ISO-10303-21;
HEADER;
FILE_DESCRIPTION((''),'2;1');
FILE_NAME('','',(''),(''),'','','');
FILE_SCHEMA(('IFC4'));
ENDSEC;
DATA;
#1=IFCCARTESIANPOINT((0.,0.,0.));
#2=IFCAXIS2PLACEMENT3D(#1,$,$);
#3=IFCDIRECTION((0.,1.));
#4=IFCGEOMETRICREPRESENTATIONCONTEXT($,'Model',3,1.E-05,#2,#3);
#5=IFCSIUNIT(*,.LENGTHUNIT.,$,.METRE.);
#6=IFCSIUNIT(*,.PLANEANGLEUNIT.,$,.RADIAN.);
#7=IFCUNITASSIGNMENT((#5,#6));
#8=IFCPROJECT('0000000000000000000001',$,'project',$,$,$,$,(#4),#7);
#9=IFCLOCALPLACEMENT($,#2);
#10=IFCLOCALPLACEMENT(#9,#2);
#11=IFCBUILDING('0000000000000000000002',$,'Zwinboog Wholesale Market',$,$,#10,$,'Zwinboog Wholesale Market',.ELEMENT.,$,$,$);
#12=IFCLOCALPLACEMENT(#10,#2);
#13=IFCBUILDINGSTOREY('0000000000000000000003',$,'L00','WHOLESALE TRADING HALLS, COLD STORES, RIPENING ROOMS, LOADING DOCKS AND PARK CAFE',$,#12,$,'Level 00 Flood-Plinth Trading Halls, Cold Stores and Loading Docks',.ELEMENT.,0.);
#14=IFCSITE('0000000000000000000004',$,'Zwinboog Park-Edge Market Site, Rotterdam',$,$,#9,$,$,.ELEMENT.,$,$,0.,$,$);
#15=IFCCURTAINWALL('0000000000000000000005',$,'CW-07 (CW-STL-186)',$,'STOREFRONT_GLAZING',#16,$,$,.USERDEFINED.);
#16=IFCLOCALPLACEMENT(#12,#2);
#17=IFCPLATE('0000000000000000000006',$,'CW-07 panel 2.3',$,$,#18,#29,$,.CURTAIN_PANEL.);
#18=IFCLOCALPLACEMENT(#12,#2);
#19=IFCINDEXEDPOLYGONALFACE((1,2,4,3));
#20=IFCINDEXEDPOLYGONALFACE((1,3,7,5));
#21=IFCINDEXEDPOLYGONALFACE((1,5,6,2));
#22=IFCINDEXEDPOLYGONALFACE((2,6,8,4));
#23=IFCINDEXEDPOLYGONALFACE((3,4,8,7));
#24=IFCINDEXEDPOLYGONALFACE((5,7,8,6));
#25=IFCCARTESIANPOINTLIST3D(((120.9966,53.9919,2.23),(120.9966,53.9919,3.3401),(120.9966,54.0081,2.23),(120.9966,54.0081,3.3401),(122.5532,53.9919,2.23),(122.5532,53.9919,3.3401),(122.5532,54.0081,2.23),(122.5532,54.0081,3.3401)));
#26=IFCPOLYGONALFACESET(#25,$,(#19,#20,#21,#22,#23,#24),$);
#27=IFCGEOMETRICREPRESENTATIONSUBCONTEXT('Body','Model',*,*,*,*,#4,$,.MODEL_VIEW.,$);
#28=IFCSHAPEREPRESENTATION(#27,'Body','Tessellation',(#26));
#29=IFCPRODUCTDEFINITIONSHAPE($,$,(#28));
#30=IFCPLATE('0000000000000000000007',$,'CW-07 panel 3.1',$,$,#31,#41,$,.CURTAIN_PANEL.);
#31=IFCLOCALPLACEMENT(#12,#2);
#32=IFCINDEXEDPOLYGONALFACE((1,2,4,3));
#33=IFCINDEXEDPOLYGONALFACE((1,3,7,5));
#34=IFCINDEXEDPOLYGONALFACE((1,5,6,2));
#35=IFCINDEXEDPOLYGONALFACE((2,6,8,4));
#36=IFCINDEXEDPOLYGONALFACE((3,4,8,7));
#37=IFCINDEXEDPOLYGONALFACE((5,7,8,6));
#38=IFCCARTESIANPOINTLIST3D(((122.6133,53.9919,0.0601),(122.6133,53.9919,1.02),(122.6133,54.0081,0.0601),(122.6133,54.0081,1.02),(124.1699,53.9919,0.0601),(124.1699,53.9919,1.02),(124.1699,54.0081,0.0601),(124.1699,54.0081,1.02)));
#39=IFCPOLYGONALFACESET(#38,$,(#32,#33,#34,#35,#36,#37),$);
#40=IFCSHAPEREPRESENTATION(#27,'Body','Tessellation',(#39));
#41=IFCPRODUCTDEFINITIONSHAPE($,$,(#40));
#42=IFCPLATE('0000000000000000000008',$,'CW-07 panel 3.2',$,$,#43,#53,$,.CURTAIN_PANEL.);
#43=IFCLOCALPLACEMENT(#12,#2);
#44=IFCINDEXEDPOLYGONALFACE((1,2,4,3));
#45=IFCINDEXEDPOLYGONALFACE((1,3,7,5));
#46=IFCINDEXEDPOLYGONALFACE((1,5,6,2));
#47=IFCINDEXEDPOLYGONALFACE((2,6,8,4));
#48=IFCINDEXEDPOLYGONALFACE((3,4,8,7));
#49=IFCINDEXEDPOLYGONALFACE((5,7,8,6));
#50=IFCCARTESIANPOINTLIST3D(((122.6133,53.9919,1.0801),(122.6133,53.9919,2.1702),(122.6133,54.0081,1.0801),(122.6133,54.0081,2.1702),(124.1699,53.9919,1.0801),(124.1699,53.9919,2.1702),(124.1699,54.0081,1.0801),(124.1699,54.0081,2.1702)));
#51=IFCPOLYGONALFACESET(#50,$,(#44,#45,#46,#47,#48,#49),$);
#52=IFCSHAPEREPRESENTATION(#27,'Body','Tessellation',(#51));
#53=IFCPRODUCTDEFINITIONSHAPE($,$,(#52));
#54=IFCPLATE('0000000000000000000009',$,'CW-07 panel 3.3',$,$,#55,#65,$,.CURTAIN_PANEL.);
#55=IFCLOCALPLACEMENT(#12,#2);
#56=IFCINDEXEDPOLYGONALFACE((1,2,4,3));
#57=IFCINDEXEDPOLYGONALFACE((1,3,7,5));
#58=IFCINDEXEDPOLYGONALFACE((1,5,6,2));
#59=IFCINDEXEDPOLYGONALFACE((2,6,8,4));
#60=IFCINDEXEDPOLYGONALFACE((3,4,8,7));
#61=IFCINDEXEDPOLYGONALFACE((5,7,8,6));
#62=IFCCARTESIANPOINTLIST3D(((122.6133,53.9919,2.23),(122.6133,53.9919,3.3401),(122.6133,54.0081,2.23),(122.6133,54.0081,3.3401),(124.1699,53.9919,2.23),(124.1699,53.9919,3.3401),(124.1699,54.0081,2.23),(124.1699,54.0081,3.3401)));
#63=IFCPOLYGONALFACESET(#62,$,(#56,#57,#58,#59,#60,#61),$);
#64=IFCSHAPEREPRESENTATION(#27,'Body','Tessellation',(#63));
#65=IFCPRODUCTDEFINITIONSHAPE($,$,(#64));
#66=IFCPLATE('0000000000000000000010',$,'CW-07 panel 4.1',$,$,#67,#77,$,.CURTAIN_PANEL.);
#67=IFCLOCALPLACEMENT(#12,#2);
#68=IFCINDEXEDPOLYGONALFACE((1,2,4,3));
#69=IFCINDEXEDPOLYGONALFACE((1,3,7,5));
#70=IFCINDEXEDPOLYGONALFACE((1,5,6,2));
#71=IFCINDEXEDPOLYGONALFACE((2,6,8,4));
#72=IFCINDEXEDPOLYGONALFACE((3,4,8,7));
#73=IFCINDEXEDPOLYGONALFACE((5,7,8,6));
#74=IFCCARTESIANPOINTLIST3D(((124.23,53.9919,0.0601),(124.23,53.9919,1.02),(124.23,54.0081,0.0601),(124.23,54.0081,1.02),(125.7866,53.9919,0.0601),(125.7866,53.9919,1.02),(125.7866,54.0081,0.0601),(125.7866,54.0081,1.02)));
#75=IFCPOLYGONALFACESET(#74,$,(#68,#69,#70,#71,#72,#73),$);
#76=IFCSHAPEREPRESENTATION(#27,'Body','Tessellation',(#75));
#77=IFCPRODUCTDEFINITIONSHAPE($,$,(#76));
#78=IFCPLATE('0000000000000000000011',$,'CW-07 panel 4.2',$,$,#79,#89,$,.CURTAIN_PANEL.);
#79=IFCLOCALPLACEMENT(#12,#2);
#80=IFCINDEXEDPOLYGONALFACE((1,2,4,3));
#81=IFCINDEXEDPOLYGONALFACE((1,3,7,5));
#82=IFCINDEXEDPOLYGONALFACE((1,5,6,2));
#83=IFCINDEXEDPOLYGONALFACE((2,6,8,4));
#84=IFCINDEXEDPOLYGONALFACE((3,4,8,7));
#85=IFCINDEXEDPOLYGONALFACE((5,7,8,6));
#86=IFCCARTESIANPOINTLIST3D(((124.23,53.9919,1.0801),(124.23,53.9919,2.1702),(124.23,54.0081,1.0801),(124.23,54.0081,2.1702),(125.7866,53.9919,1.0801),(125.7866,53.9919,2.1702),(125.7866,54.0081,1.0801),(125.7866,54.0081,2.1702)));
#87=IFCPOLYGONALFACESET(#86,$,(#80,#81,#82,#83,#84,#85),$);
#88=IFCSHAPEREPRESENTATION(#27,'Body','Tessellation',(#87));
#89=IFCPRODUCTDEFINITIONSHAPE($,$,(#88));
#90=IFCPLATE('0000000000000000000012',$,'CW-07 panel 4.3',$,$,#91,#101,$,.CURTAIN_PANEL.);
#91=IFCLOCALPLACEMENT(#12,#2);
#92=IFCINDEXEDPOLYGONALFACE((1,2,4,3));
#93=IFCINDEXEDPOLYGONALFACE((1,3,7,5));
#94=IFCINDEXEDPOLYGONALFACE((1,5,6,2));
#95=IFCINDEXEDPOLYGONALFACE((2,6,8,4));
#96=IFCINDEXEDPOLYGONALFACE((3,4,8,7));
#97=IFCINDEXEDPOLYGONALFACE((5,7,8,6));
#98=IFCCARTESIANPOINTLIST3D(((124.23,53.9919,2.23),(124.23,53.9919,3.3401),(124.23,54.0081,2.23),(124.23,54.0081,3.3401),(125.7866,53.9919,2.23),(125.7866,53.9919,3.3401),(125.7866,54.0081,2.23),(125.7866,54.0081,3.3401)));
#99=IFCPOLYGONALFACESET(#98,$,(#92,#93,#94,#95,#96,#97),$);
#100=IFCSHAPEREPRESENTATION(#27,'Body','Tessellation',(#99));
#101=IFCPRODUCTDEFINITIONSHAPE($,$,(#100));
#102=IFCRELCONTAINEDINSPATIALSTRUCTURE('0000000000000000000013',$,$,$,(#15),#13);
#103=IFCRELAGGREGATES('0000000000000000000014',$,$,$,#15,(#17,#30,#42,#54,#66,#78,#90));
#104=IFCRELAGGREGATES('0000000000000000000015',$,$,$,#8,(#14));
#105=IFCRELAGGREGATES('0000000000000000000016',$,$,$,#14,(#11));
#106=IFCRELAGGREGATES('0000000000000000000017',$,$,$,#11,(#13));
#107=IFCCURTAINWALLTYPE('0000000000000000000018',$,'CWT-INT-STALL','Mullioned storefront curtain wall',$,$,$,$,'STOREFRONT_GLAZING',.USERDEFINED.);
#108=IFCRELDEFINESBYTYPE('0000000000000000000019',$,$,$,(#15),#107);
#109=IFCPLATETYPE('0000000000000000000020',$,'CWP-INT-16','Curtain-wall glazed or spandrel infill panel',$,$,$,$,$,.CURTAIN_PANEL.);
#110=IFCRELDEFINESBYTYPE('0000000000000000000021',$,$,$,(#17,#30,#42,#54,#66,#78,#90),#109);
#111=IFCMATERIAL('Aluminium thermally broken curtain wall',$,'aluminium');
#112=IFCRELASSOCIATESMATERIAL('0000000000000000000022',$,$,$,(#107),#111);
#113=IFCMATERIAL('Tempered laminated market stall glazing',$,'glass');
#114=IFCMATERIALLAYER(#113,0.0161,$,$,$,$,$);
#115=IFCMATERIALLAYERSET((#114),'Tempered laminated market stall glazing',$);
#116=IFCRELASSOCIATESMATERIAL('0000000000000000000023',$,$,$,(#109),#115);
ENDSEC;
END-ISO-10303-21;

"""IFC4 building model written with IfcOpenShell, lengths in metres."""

from ifc_helpers import new_model, si_unit, direction, frame, origin, origin_2d, place, context, subcontext, project, spatial, rectangle, extrude, material, layer, layer_set, type_object, element, aggregate, save


model = new_model("IFC4")

# Units and contexts
model_context = context("Model", 3, precision=1e-05, world=origin(), true_north=direction((0.0, 1.0)))
body_context = subcontext(model_context, "Body", "Model", "MODEL_VIEW")
ifc_project = project(units=[si_unit("LENGTHUNIT", "METRE"), si_unit("PLANEANGLEUNIT", "RADIAN")], contexts=[model_context])

# Site, building, storey
site_placement = place(None, origin())
site = spatial("IfcSite", under=ifc_project, at=site_placement, Name="Zwinboog Park-Edge Market Site, Rotterdam", CompositionType="ELEMENT", RefElevation=0.0)
building_placement = place(site_placement, origin())
building = spatial("IfcBuilding", under=site, at=building_placement, Name="Zwinboog Wholesale Market", LongName="Zwinboog Wholesale Market", CompositionType="ELEMENT")
storey_placement = place(building_placement, origin())
storey = spatial("IfcBuildingStorey", under=building, at=storey_placement, Name="L00", Description="WHOLESALE TRADING HALLS, COLD STORES, RIPENING ROOMS, LOADING DOCKS AND PARK CAFE", LongName="Level 00 Flood-Plinth Trading Halls, Cold Stores and Loading Docks", CompositionType="ELEMENT", Elevation=0.0)

# Curtain wall, plates
ifc_material_1 = material(Name="Aluminium thermally broken curtain wall", Category="aluminium")
curtain_wall_type = type_object("IfcCurtainWallType", Name="CWT-INT-STALL", Description="Mullioned storefront curtain wall", ElementType="STOREFRONT_GLAZING", PredefinedType="USERDEFINED", material=ifc_material_1)
curtain_wall_placement = place(storey_placement, origin())
curtain_wall = element("IfcCurtainWall", 1, at=curtain_wall_placement, inside=storey, type_object=curtain_wall_type, Name="CW-07 (CW-STL-186)", ObjectType="STOREFRONT_GLAZING", PredefinedType="USERDEFINED")
ifc_material_2 = material(Name="Tempered laminated market stall glazing", Category="glass")
ifc_layer = layer(ifc_material_2, 0.0161)
ifc_layer_set = layer_set([ifc_layer], Name="Tempered laminated market stall glazing")
plate_type = type_object("IfcPlateType", Name="CWP-INT-16", Description="Curtain-wall glazed or spandrel infill panel", PredefinedType="CURTAIN_PANEL", material=ifc_layer_set)
plate_1_placement = place(storey_placement, frame((121.7749, 54.0, 2.23), z_axis=(0.0, 0.0, 1.0), x_axis=(1.0, 0.0, 0.0)))
plate_1 = element("IfcPlate", 2, at=plate_1_placement, type_object=plate_type, Name="CW-07 panel 2.3", PredefinedType="CURTAIN_PANEL", context=body_context, shape_type="SweptSolid", body=[
    extrude(rectangle(XDim=1.5566, YDim=0.0161, at=origin_2d()), origin(), (0.0, 0.0, 1.0), 1.1101),
])
plate_2_placement = place(storey_placement, frame((123.3916, 54.0, 0.0601), z_axis=(0.0, 0.0, 1.0), x_axis=(1.0, 0.0, 0.0)))
plate_2 = element("IfcPlate", 3, at=plate_2_placement, type_object=plate_type, Name="CW-07 panel 3.1", PredefinedType="CURTAIN_PANEL", context=body_context, shape_type="SweptSolid", body=[
    extrude(rectangle(XDim=1.5566, YDim=0.0161, at=origin_2d()), origin(), (0.0, 0.0, 1.0), 0.96),
])
plate_3_placement = place(storey_placement, frame((123.3916, 54.0, 1.0801), z_axis=(0.0, 0.0, 1.0), x_axis=(1.0, 0.0, 0.0)))
plate_3 = element("IfcPlate", 4, at=plate_3_placement, type_object=plate_type, Name="CW-07 panel 3.2", PredefinedType="CURTAIN_PANEL", context=body_context, shape_type="SweptSolid", body=[
    extrude(rectangle(XDim=1.5566, YDim=0.0161, at=origin_2d()), origin(), (0.0, 0.0, 1.0), 1.0901),
])
plate_4_placement = place(storey_placement, frame((123.3916, 54.0, 2.23), z_axis=(0.0, 0.0, 1.0), x_axis=(1.0, 0.0, 0.0)))
plate_4 = element("IfcPlate", 5, at=plate_4_placement, type_object=plate_type, Name="CW-07 panel 3.3", PredefinedType="CURTAIN_PANEL", context=body_context, shape_type="SweptSolid", body=[
    extrude(rectangle(XDim=1.5566, YDim=0.0161, at=origin_2d()), origin(), (0.0, 0.0, 1.0), 1.1101),
])
plate_5_placement = place(storey_placement, frame((125.0083, 54.0, 0.0601), z_axis=(0.0, 0.0, 1.0), x_axis=(1.0, 0.0, 0.0)))
plate_5 = element("IfcPlate", 6, at=plate_5_placement, type_object=plate_type, Name="CW-07 panel 4.1", PredefinedType="CURTAIN_PANEL", context=body_context, shape_type="SweptSolid", body=[
    extrude(rectangle(XDim=1.5566, YDim=0.0161, at=origin_2d()), origin(), (0.0, 0.0, 1.0), 0.96),
])
plate_6_placement = place(storey_placement, frame((125.0083, 54.0, 1.0801), z_axis=(0.0, 0.0, 1.0), x_axis=(1.0, 0.0, 0.0)))
plate_6 = element("IfcPlate", 7, at=plate_6_placement, type_object=plate_type, Name="CW-07 panel 4.2", PredefinedType="CURTAIN_PANEL", context=body_context, shape_type="SweptSolid", body=[
    extrude(rectangle(XDim=1.5566, YDim=0.0161, at=origin_2d()), origin(), (0.0, 0.0, 1.0), 1.0901),
])
plate_7_placement = place(storey_placement, frame((125.0083, 54.0, 2.23), z_axis=(0.0, 0.0, 1.0), x_axis=(1.0, 0.0, 0.0)))
plate_7 = element("IfcPlate", 8, at=plate_7_placement, type_object=plate_type, Name="CW-07 panel 4.3", PredefinedType="CURTAIN_PANEL", context=body_context, shape_type="SweptSolid", body=[
    extrude(rectangle(XDim=1.5566, YDim=0.0161, at=origin_2d()), origin(), (0.0, 0.0, 1.0), 1.1101),
])
aggregate(curtain_wall, [plate_1, plate_2, plate_3, plate_4, plate_5, plate_6, plate_7])

save(model, "model.ifc")
